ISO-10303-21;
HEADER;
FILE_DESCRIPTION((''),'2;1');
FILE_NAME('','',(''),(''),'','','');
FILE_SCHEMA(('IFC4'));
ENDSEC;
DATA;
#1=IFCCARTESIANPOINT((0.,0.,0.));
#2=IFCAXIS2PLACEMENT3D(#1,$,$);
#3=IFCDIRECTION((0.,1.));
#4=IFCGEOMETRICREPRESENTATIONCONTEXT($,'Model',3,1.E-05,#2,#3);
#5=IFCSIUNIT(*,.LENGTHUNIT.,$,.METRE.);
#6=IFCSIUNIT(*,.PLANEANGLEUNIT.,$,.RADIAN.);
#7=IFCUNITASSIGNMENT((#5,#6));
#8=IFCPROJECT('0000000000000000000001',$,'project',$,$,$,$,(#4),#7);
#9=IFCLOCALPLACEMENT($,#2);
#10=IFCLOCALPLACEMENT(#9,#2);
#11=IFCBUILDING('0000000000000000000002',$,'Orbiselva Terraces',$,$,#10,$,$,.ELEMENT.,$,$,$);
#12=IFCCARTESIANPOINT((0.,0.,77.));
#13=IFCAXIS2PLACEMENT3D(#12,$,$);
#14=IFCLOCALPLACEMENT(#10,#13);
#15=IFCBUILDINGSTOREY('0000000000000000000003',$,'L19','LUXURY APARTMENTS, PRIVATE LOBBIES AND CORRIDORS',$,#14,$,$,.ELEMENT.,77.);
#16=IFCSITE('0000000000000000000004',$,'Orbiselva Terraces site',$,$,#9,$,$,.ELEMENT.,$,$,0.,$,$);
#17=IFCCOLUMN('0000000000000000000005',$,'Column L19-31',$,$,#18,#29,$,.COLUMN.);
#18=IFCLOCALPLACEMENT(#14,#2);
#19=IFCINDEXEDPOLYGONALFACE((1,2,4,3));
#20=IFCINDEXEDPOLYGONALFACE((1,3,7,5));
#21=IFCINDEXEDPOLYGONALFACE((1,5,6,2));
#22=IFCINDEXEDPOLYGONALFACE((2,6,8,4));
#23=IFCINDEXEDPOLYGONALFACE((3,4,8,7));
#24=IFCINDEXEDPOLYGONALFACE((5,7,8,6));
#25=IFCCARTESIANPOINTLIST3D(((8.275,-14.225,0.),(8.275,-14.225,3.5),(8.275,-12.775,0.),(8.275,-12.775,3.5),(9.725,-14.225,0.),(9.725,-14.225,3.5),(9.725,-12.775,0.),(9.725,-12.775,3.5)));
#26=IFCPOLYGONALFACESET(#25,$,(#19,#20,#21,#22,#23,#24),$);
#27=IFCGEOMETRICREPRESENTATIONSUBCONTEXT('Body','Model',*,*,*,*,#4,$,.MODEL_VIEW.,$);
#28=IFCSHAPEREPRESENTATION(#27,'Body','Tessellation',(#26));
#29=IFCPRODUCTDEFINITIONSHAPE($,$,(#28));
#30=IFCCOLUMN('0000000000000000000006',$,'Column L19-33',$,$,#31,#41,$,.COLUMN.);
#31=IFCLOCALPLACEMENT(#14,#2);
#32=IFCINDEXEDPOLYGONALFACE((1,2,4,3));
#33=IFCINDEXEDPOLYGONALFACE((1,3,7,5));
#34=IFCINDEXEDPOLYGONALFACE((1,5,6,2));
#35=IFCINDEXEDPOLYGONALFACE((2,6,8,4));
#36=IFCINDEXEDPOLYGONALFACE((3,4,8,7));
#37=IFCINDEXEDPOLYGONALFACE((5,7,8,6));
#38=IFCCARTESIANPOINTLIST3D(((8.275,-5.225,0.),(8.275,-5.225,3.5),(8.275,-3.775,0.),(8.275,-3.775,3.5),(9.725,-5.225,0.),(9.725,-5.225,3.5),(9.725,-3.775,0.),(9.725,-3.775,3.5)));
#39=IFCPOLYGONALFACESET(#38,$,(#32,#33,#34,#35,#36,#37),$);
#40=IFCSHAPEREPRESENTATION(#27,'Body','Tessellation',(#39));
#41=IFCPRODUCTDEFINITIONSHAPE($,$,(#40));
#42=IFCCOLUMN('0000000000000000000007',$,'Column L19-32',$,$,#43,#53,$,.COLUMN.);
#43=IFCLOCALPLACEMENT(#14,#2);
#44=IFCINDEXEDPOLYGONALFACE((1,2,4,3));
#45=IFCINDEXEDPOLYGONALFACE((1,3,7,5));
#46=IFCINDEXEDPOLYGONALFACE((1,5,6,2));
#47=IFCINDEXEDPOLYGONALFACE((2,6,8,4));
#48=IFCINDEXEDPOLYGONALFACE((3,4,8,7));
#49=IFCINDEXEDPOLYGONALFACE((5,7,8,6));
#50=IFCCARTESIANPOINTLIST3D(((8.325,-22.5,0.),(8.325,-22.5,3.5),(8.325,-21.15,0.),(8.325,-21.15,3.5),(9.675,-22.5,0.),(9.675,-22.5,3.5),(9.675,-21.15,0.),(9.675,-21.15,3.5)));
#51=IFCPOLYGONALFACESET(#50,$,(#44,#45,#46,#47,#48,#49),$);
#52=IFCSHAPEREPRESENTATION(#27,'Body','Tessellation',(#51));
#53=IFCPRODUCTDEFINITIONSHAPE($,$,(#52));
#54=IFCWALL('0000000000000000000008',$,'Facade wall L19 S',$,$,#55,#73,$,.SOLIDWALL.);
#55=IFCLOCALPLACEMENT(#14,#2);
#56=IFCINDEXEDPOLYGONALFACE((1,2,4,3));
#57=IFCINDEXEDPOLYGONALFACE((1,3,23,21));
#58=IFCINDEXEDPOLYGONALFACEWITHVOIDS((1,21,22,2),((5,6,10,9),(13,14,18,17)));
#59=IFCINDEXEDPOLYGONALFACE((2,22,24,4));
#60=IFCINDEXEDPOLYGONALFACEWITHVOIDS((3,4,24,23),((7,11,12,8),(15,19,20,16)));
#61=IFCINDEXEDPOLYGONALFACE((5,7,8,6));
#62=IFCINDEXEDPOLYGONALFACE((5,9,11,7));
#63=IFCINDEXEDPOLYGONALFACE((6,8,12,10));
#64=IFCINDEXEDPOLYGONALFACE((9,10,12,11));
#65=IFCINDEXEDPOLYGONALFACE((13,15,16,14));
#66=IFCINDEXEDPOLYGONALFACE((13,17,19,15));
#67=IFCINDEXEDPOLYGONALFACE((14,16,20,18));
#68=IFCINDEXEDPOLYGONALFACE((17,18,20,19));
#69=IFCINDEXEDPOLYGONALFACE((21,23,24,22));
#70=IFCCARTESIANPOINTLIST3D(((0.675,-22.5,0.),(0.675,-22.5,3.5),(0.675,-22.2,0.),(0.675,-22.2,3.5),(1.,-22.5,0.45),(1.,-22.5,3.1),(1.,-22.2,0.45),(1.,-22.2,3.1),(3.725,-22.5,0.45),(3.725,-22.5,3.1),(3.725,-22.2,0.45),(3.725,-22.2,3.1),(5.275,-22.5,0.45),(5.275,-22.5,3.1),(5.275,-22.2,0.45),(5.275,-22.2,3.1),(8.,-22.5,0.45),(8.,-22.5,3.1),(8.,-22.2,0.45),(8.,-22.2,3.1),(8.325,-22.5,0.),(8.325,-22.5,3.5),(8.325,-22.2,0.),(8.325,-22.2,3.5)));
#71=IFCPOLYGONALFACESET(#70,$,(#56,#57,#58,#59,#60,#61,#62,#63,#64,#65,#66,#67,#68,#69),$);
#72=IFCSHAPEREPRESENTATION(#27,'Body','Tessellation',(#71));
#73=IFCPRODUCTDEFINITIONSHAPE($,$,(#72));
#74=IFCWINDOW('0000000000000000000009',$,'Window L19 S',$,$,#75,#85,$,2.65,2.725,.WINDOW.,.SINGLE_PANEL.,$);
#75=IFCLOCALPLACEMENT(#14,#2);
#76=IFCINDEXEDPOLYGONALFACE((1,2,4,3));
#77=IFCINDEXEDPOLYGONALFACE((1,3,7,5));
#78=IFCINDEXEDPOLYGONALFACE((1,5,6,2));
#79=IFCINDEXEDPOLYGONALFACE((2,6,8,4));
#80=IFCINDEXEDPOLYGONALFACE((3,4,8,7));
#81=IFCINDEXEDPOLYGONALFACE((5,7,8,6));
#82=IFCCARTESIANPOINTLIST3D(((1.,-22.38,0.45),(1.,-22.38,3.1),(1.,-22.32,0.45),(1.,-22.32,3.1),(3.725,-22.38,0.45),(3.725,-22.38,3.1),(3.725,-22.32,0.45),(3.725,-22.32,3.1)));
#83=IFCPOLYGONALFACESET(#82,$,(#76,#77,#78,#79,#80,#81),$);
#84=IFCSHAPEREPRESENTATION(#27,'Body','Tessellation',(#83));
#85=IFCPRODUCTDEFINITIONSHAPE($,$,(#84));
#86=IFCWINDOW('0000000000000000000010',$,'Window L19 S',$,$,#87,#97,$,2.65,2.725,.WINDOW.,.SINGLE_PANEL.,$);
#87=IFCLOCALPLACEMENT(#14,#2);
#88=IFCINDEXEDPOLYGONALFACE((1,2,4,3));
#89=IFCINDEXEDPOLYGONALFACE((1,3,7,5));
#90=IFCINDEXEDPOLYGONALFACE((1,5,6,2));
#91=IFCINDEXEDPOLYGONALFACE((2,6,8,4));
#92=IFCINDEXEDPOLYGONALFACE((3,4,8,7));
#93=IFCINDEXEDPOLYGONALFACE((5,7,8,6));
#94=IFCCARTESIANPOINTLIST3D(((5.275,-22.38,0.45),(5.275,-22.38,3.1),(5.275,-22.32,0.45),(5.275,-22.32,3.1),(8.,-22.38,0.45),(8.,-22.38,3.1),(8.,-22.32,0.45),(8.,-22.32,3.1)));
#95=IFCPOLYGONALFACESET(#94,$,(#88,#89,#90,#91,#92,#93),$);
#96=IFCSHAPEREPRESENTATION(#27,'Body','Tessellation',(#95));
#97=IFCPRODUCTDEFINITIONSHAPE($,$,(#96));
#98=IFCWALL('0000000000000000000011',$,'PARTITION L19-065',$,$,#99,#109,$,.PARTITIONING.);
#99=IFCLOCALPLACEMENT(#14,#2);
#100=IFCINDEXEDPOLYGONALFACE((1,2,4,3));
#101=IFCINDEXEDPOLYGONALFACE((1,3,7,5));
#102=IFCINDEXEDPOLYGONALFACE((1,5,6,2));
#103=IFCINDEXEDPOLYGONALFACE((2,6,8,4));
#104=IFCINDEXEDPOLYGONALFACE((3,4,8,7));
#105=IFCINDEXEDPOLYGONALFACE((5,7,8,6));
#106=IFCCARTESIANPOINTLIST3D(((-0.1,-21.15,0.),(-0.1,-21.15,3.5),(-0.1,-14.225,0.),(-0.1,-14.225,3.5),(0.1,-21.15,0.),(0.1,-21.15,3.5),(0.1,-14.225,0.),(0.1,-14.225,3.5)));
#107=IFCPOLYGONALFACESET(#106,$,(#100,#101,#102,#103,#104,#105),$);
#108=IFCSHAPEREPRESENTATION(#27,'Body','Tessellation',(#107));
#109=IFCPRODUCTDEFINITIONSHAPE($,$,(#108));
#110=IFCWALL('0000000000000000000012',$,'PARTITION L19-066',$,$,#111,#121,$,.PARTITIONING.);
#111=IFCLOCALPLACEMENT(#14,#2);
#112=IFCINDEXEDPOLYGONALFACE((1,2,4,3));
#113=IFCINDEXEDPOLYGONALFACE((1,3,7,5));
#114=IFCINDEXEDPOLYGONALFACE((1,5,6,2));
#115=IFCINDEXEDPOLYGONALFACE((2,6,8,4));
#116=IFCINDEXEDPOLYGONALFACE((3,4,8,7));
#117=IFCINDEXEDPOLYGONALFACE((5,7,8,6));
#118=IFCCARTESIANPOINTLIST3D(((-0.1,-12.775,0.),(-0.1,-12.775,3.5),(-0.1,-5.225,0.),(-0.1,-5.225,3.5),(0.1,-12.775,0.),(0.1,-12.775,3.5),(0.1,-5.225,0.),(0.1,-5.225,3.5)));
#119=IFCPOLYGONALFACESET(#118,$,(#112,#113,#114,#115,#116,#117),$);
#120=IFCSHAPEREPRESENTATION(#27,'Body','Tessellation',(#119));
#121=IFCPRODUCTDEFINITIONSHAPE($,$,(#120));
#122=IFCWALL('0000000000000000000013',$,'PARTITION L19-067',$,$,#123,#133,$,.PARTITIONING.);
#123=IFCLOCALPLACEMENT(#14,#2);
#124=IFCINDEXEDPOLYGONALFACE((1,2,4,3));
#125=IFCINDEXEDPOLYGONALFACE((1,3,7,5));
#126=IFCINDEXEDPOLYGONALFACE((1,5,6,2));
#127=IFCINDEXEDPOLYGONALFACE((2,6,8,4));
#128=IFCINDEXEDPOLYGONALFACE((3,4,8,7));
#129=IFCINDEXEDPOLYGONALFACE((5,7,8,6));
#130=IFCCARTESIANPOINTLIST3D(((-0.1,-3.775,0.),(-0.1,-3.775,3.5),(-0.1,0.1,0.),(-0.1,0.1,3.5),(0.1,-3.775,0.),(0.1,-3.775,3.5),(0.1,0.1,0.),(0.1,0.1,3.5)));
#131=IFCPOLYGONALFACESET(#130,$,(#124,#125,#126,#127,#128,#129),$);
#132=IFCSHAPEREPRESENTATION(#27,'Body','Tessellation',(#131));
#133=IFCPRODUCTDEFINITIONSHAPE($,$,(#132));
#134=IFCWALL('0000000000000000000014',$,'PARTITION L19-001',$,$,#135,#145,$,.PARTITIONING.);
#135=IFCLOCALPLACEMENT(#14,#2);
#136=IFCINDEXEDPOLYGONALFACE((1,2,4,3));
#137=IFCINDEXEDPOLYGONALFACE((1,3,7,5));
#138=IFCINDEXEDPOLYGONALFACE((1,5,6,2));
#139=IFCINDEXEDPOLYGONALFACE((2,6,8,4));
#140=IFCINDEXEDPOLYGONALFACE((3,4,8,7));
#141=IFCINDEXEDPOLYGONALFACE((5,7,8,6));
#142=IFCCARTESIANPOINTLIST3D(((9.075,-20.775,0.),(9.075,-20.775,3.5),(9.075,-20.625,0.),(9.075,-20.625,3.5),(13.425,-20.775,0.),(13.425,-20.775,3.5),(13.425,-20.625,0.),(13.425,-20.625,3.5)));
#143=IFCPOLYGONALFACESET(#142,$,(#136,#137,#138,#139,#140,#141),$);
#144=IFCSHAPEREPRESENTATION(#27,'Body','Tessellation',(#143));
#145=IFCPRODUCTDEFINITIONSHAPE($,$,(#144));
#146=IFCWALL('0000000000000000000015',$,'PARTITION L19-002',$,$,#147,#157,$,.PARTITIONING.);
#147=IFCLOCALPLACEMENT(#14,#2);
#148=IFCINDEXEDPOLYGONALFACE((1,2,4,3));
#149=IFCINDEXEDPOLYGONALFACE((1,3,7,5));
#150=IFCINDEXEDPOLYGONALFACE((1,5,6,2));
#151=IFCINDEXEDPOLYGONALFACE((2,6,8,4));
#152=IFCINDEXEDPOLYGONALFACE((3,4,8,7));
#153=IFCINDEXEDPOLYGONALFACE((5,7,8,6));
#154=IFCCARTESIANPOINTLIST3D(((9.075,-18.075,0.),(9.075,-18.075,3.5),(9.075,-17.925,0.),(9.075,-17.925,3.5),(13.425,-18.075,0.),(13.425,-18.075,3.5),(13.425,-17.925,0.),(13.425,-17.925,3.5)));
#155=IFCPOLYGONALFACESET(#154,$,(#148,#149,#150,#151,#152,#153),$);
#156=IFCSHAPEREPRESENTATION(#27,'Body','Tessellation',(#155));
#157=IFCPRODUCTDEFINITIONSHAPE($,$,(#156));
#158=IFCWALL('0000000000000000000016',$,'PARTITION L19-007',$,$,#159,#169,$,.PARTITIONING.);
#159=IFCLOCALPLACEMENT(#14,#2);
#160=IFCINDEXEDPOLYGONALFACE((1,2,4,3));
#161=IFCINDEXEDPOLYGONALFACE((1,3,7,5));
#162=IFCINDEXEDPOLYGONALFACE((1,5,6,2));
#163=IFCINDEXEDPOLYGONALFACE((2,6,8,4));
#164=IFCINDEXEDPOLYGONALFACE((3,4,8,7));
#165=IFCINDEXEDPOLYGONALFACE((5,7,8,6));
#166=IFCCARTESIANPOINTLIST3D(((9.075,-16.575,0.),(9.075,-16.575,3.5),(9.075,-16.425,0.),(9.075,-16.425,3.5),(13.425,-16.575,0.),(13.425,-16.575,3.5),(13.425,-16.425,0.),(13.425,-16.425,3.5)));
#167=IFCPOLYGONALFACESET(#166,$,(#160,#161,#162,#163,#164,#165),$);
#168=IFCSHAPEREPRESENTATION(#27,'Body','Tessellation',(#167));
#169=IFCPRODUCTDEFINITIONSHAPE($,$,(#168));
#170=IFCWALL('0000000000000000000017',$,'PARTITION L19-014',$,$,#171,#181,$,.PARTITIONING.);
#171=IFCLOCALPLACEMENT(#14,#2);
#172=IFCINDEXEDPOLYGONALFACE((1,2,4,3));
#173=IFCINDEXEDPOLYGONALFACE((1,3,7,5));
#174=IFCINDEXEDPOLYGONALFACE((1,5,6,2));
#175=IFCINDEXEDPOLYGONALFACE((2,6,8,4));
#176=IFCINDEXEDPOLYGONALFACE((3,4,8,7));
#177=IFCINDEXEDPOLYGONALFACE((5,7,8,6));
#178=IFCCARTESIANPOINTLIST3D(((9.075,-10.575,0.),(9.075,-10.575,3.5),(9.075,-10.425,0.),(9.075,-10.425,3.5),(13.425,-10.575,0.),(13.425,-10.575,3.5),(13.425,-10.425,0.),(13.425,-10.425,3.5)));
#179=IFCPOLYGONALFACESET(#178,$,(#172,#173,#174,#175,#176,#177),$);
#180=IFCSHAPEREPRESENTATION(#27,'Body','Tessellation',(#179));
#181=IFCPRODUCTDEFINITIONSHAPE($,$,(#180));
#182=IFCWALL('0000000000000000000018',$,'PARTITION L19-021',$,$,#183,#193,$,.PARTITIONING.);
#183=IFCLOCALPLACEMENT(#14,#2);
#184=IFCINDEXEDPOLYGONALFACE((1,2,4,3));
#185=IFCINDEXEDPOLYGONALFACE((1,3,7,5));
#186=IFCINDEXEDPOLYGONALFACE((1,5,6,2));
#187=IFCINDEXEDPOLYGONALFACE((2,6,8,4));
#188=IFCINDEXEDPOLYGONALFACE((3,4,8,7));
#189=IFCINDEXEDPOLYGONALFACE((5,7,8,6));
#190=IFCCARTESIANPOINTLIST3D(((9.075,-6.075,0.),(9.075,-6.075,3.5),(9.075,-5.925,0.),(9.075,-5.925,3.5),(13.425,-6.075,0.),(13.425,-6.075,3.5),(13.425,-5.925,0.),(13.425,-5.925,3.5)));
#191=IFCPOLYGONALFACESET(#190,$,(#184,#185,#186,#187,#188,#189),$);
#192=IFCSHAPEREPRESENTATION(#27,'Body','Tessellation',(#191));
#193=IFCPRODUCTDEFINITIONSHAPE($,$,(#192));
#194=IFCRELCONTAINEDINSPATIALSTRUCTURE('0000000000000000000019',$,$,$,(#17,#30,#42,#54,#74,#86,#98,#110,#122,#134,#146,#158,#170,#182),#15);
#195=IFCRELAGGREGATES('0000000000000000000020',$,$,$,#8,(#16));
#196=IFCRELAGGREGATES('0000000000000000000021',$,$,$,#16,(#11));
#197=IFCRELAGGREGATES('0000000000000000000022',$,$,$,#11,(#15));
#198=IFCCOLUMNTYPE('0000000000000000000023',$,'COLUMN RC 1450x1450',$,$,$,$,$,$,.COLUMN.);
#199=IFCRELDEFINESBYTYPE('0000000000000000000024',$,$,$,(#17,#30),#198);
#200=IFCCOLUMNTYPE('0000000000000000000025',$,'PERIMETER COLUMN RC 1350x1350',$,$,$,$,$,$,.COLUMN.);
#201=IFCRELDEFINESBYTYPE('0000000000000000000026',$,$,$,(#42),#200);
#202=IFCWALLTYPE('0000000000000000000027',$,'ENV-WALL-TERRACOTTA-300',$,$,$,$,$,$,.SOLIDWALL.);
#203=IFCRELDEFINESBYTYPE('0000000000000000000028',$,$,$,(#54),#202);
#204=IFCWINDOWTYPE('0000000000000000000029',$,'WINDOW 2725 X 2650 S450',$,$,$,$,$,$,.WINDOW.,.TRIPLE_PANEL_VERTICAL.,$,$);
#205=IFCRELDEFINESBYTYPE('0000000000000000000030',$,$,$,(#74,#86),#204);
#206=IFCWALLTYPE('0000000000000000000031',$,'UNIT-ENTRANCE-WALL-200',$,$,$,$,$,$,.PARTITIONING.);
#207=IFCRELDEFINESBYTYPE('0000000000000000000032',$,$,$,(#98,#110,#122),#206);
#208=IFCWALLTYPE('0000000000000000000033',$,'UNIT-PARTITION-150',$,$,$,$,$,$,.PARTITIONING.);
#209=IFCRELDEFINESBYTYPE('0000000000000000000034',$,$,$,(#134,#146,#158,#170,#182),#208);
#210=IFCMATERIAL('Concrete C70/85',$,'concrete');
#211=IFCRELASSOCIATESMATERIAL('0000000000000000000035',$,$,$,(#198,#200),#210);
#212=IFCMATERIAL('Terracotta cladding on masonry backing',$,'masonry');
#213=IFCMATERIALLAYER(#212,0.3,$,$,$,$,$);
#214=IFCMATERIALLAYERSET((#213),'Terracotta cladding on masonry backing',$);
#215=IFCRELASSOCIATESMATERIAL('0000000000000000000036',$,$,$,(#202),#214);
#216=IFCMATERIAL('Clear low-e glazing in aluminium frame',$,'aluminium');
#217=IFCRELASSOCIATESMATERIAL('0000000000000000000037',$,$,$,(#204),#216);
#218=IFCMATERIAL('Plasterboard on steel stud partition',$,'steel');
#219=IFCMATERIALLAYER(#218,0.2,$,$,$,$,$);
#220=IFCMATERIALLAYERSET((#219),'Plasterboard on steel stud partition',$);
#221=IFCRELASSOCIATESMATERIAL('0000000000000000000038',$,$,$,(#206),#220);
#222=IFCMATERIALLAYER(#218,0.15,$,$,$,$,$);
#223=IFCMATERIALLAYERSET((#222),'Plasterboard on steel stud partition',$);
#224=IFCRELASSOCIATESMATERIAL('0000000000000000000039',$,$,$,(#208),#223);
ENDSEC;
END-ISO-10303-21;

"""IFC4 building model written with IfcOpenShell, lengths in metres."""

from ifc_helpers import new_model, si_unit, direction, frame, frame_2d, origin, origin_2d, place, context, subcontext, project, spatial, rectangle, extrude, material, layer, layer_set, material_profile, profile_set, type_object, element, fill, save


model = new_model("IFC4")

# Units and contexts
model_context = context("Model", 3, precision=1e-05, world=origin(), true_north=direction((0.0, 1.0)))
body_context = subcontext(model_context, "Body", "Model", "MODEL_VIEW")
ifc_project = project(units=[si_unit("LENGTHUNIT", "METRE"), si_unit("PLANEANGLEUNIT", "RADIAN")], contexts=[model_context])

# Site, building, storey
site_placement = place(None, origin())
site = spatial("IfcSite", under=ifc_project, at=site_placement, Name="Orbiselva Terraces site", CompositionType="ELEMENT", RefElevation=0.0)
building_placement = place(site_placement, origin())
building = spatial("IfcBuilding", under=site, at=building_placement, Name="Orbiselva Terraces", CompositionType="ELEMENT")
storey_placement = place(building_placement, frame((0.0, 0.0, 77.0)))
storey = spatial("IfcBuildingStorey", under=building, at=storey_placement, Name="L19", Description="LUXURY APARTMENTS, PRIVATE LOBBIES AND CORRIDORS", CompositionType="ELEMENT", Elevation=77.0)

# Columns
ifc_material_1 = material(Name="Concrete C70/85", Category="concrete")
ifc_material_profile_1 = material_profile(ifc_material_1, rectangle(XDim=1.45, YDim=1.45, at=origin_2d()), Name="RC 1450x1450")
ifc_profile_set_1 = profile_set([ifc_material_profile_1], Name="Concrete C70/85")
column_type_1 = type_object("IfcColumnType", Name="COLUMN RC 1450x1450", PredefinedType="COLUMN", material=ifc_profile_set_1)
for number, where, z_axis, x_axis, name in (
    (1, (9.0, -13.5, 0.0), (0.0, 0.0, 1.0), (1.0, 0.0, 0.0), "Column L19-31"),
    (2, (9.0, -4.5, 0.0), (0.0, 0.0, 1.0), (1.0, 0.0, 0.0), "Column L19-33"),
):
    element("IfcColumn", number, at=place(storey_placement, frame(where, z_axis=z_axis, x_axis=x_axis)), inside=storey, type_object=column_type_1, Name=name, PredefinedType="COLUMN", context=body_context, shape_type="SweptSolid", body=[
        extrude(rectangle(XDim=1.45, YDim=1.45, at=origin_2d()), origin(), (0.0, 0.0, 1.0), 3.5),
    ])
ifc_material_profile_2 = material_profile(ifc_material_1, rectangle(XDim=1.35, YDim=1.35, at=origin_2d()), Name="RC 1350x1350")
ifc_profile_set_2 = profile_set([ifc_material_profile_2], Name="Concrete C70/85")
column_type_2 = type_object("IfcColumnType", Name="PERIMETER COLUMN RC 1350x1350", PredefinedType="COLUMN", material=ifc_profile_set_2)
column_placement = place(storey_placement, frame((9.0, -21.825, 0.0), z_axis=(0.0, 0.0, 1.0), x_axis=(1.0, 0.0, 0.0)))
element("IfcColumn", 3, at=column_placement, inside=storey, type_object=column_type_2, Name="Column L19-32", PredefinedType="COLUMN", context=body_context, shape_type="SweptSolid", body=[
    extrude(rectangle(XDim=1.35, YDim=1.35, at=origin_2d()), origin(), (0.0, 0.0, 1.0), 3.5),
])

# Wall, openings, windows
ifc_material_2 = material(Name="Terracotta cladding on masonry backing", Category="masonry")
ifc_layer_1 = layer(ifc_material_2, 0.3)
ifc_layer_set_1 = layer_set([ifc_layer_1], Name="Terracotta cladding on masonry backing")
wall_type_1 = type_object("IfcWallType", Name="ENV-WALL-TERRACOTTA-300", PredefinedType="SOLIDWALL", material=ifc_layer_set_1)
wall_1_placement = place(storey_placement, frame((8.325, -22.35, 0.0), z_axis=(0.0, 0.0, 1.0), x_axis=(-1.0, 0.0, 0.0)))
wall_1 = element("IfcWall", 4, at=wall_1_placement, inside=storey, type_object=wall_type_1, Name="Facade wall L19 S", PredefinedType="SOLIDWALL", context=body_context, shape_type="SweptSolid", body=[
    extrude(rectangle(XDim=7.65, YDim=0.3, at=frame_2d((3.825, 0.0))), origin(), (0.0, 0.0, 1.0), 3.5),
])
opening_1_placement = place(wall_1_placement, frame((4.6, 0.0, 0.45)))
opening_1 = element("IfcOpeningElement", 5, at=opening_1_placement, cuts=wall_1, PredefinedType="OPENING", context=body_context, shape_type="SweptSolid", body=[
    extrude(rectangle(XDim=2.725, YDim=2.65, at=frame_2d((1.3625, 1.325))), frame((0.0, 0.16, 0.0), z_axis=(0.0, -1.0, 0.0), x_axis=(1.0, 0.0, 0.0)), (0.0, 0.0, 1.0), 0.32),
])
opening_2_placement = place(wall_1_placement, frame((0.325, 0.0, 0.45)))
opening_2 = element("IfcOpeningElement", 6, at=opening_2_placement, cuts=wall_1, PredefinedType="OPENING", context=body_context, shape_type="SweptSolid", body=[
    extrude(rectangle(XDim=2.725, YDim=2.65, at=frame_2d((1.3625, 1.325))), frame((0.0, 0.16, 0.0), z_axis=(0.0, -1.0, 0.0), x_axis=(1.0, 0.0, 0.0)), (0.0, 0.0, 1.0), 0.32),
])
ifc_material_3 = material(Name="Clear low-e glazing in aluminium frame", Category="aluminium")
window_type = type_object("IfcWindowType", Name="WINDOW 2725 X 2650 S450", PartitioningType="TRIPLE_PANEL_VERTICAL", PredefinedType="WINDOW", material=ifc_material_3)
window_1_placement = place(opening_1_placement, origin())
window_1 = element("IfcWindow", 7, at=window_1_placement, inside=storey, type_object=window_type, Name="Window L19 S", OverallHeight=2.65, OverallWidth=2.725, PartitioningType="SINGLE_PANEL", PredefinedType="WINDOW", context=body_context, shape_type="SweptSolid", body=[
    extrude(rectangle(XDim=2.725, YDim=2.65, at=frame_2d((1.3625, 1.325))), frame((0.0, 0.03, 0.0), z_axis=(0.0, -1.0, 0.0), x_axis=(1.0, 0.0, 0.0)), (0.0, 0.0, 1.0), 0.06),
])
fill(opening_1, window_1)
window_2_placement = place(opening_2_placement, origin())
window_2 = element("IfcWindow", 8, at=window_2_placement, inside=storey, type_object=window_type, Name="Window L19 S", OverallHeight=2.65, OverallWidth=2.725, PartitioningType="SINGLE_PANEL", PredefinedType="WINDOW", context=body_context, shape_type="SweptSolid", body=[
    extrude(rectangle(XDim=2.725, YDim=2.65, at=frame_2d((1.3625, 1.325))), frame((0.0, 0.03, 0.0), z_axis=(0.0, -1.0, 0.0), x_axis=(1.0, 0.0, 0.0)), (0.0, 0.0, 1.0), 0.06),
])
fill(opening_2, window_2)

# Walls
ifc_material_4 = material(Name="Plasterboard on steel stud partition", Category="steel")
ifc_layer_2 = layer(ifc_material_4, 0.2)
ifc_layer_set_2 = layer_set([ifc_layer_2], Name="Plasterboard on steel stud partition")
wall_type_2 = type_object("IfcWallType", Name="UNIT-ENTRANCE-WALL-200", PredefinedType="PARTITIONING", material=ifc_layer_set_2)
wall_2_placement = place(storey_placement, frame((0.0, -21.15, 0.0), z_axis=(0.0, 0.0, 1.0), x_axis=(0.0, 1.0, 0.0)))
element("IfcWall", 9, at=wall_2_placement, inside=storey, type_object=wall_type_2, Name="PARTITION L19-065", PredefinedType="PARTITIONING", context=body_context, shape_type="SweptSolid", body=[
    extrude(rectangle(XDim=6.925, YDim=0.2, at=frame_2d((3.4625, 0.0))), origin(), (0.0, 0.0, 1.0), 3.5),
])
wall_3_placement = place(storey_placement, frame((0.0, -12.775, 0.0), z_axis=(0.0, 0.0, 1.0), x_axis=(0.0, 1.0, 0.0)))
element("IfcWall", 10, at=wall_3_placement, inside=storey, type_object=wall_type_2, Name="PARTITION L19-066", PredefinedType="PARTITIONING", context=body_context, shape_type="SweptSolid", body=[
    extrude(rectangle(XDim=7.55, YDim=0.2, at=frame_2d((3.775, 0.0))), origin(), (0.0, 0.0, 1.0), 3.5),
])
wall_4_placement = place(storey_placement, frame((0.0, -3.775, 0.0), z_axis=(0.0, 0.0, 1.0), x_axis=(0.0, 1.0, 0.0)))
element("IfcWall", 11, at=wall_4_placement, inside=storey, type_object=wall_type_2, Name="PARTITION L19-067", PredefinedType="PARTITIONING", context=body_context, shape_type="SweptSolid", body=[
    extrude(rectangle(XDim=3.875, YDim=0.2, at=frame_2d((1.9375, 0.0))), origin(), (0.0, 0.0, 1.0), 3.5),
])
ifc_layer_3 = layer(ifc_material_4, 0.15)
ifc_layer_set_3 = layer_set([ifc_layer_3], Name="Plasterboard on steel stud partition")
wall_type_3 = type_object("IfcWallType", Name="UNIT-PARTITION-150", PredefinedType="PARTITIONING", material=ifc_layer_set_3)
for number, where, z_axis, x_axis, name in (
    (12, (9.075, -20.7, 0.0), (0.0, 0.0, 1.0), (1.0, 0.0, 0.0), "PARTITION L19-001"),
    (13, (9.075, -18.0, 0.0), (0.0, 0.0, 1.0), (1.0, 0.0, 0.0), "PARTITION L19-002"),
    (14, (9.075, -16.5, 0.0), (0.0, 0.0, 1.0), (1.0, 0.0, 0.0), "PARTITION L19-007"),
    (15, (9.075, -10.5, 0.0), (0.0, 0.0, 1.0), (1.0, 0.0, 0.0), "PARTITION L19-014"),
    (16, (9.075, -6.0, 0.0), (0.0, 0.0, 1.0), (1.0, 0.0, 0.0), "PARTITION L19-021"),
):
    element("IfcWall", number, at=place(storey_placement, frame(where, z_axis=z_axis, x_axis=x_axis)), inside=storey, type_object=wall_type_3, Name=name, PredefinedType="PARTITIONING", context=body_context, shape_type="SweptSolid", body=[
        extrude(rectangle(XDim=4.35, YDim=0.15, at=frame_2d((2.175, 0.0))), origin(), (0.0, 0.0, 1.0), 3.5),
    ])

save(model, "model.ifc")
